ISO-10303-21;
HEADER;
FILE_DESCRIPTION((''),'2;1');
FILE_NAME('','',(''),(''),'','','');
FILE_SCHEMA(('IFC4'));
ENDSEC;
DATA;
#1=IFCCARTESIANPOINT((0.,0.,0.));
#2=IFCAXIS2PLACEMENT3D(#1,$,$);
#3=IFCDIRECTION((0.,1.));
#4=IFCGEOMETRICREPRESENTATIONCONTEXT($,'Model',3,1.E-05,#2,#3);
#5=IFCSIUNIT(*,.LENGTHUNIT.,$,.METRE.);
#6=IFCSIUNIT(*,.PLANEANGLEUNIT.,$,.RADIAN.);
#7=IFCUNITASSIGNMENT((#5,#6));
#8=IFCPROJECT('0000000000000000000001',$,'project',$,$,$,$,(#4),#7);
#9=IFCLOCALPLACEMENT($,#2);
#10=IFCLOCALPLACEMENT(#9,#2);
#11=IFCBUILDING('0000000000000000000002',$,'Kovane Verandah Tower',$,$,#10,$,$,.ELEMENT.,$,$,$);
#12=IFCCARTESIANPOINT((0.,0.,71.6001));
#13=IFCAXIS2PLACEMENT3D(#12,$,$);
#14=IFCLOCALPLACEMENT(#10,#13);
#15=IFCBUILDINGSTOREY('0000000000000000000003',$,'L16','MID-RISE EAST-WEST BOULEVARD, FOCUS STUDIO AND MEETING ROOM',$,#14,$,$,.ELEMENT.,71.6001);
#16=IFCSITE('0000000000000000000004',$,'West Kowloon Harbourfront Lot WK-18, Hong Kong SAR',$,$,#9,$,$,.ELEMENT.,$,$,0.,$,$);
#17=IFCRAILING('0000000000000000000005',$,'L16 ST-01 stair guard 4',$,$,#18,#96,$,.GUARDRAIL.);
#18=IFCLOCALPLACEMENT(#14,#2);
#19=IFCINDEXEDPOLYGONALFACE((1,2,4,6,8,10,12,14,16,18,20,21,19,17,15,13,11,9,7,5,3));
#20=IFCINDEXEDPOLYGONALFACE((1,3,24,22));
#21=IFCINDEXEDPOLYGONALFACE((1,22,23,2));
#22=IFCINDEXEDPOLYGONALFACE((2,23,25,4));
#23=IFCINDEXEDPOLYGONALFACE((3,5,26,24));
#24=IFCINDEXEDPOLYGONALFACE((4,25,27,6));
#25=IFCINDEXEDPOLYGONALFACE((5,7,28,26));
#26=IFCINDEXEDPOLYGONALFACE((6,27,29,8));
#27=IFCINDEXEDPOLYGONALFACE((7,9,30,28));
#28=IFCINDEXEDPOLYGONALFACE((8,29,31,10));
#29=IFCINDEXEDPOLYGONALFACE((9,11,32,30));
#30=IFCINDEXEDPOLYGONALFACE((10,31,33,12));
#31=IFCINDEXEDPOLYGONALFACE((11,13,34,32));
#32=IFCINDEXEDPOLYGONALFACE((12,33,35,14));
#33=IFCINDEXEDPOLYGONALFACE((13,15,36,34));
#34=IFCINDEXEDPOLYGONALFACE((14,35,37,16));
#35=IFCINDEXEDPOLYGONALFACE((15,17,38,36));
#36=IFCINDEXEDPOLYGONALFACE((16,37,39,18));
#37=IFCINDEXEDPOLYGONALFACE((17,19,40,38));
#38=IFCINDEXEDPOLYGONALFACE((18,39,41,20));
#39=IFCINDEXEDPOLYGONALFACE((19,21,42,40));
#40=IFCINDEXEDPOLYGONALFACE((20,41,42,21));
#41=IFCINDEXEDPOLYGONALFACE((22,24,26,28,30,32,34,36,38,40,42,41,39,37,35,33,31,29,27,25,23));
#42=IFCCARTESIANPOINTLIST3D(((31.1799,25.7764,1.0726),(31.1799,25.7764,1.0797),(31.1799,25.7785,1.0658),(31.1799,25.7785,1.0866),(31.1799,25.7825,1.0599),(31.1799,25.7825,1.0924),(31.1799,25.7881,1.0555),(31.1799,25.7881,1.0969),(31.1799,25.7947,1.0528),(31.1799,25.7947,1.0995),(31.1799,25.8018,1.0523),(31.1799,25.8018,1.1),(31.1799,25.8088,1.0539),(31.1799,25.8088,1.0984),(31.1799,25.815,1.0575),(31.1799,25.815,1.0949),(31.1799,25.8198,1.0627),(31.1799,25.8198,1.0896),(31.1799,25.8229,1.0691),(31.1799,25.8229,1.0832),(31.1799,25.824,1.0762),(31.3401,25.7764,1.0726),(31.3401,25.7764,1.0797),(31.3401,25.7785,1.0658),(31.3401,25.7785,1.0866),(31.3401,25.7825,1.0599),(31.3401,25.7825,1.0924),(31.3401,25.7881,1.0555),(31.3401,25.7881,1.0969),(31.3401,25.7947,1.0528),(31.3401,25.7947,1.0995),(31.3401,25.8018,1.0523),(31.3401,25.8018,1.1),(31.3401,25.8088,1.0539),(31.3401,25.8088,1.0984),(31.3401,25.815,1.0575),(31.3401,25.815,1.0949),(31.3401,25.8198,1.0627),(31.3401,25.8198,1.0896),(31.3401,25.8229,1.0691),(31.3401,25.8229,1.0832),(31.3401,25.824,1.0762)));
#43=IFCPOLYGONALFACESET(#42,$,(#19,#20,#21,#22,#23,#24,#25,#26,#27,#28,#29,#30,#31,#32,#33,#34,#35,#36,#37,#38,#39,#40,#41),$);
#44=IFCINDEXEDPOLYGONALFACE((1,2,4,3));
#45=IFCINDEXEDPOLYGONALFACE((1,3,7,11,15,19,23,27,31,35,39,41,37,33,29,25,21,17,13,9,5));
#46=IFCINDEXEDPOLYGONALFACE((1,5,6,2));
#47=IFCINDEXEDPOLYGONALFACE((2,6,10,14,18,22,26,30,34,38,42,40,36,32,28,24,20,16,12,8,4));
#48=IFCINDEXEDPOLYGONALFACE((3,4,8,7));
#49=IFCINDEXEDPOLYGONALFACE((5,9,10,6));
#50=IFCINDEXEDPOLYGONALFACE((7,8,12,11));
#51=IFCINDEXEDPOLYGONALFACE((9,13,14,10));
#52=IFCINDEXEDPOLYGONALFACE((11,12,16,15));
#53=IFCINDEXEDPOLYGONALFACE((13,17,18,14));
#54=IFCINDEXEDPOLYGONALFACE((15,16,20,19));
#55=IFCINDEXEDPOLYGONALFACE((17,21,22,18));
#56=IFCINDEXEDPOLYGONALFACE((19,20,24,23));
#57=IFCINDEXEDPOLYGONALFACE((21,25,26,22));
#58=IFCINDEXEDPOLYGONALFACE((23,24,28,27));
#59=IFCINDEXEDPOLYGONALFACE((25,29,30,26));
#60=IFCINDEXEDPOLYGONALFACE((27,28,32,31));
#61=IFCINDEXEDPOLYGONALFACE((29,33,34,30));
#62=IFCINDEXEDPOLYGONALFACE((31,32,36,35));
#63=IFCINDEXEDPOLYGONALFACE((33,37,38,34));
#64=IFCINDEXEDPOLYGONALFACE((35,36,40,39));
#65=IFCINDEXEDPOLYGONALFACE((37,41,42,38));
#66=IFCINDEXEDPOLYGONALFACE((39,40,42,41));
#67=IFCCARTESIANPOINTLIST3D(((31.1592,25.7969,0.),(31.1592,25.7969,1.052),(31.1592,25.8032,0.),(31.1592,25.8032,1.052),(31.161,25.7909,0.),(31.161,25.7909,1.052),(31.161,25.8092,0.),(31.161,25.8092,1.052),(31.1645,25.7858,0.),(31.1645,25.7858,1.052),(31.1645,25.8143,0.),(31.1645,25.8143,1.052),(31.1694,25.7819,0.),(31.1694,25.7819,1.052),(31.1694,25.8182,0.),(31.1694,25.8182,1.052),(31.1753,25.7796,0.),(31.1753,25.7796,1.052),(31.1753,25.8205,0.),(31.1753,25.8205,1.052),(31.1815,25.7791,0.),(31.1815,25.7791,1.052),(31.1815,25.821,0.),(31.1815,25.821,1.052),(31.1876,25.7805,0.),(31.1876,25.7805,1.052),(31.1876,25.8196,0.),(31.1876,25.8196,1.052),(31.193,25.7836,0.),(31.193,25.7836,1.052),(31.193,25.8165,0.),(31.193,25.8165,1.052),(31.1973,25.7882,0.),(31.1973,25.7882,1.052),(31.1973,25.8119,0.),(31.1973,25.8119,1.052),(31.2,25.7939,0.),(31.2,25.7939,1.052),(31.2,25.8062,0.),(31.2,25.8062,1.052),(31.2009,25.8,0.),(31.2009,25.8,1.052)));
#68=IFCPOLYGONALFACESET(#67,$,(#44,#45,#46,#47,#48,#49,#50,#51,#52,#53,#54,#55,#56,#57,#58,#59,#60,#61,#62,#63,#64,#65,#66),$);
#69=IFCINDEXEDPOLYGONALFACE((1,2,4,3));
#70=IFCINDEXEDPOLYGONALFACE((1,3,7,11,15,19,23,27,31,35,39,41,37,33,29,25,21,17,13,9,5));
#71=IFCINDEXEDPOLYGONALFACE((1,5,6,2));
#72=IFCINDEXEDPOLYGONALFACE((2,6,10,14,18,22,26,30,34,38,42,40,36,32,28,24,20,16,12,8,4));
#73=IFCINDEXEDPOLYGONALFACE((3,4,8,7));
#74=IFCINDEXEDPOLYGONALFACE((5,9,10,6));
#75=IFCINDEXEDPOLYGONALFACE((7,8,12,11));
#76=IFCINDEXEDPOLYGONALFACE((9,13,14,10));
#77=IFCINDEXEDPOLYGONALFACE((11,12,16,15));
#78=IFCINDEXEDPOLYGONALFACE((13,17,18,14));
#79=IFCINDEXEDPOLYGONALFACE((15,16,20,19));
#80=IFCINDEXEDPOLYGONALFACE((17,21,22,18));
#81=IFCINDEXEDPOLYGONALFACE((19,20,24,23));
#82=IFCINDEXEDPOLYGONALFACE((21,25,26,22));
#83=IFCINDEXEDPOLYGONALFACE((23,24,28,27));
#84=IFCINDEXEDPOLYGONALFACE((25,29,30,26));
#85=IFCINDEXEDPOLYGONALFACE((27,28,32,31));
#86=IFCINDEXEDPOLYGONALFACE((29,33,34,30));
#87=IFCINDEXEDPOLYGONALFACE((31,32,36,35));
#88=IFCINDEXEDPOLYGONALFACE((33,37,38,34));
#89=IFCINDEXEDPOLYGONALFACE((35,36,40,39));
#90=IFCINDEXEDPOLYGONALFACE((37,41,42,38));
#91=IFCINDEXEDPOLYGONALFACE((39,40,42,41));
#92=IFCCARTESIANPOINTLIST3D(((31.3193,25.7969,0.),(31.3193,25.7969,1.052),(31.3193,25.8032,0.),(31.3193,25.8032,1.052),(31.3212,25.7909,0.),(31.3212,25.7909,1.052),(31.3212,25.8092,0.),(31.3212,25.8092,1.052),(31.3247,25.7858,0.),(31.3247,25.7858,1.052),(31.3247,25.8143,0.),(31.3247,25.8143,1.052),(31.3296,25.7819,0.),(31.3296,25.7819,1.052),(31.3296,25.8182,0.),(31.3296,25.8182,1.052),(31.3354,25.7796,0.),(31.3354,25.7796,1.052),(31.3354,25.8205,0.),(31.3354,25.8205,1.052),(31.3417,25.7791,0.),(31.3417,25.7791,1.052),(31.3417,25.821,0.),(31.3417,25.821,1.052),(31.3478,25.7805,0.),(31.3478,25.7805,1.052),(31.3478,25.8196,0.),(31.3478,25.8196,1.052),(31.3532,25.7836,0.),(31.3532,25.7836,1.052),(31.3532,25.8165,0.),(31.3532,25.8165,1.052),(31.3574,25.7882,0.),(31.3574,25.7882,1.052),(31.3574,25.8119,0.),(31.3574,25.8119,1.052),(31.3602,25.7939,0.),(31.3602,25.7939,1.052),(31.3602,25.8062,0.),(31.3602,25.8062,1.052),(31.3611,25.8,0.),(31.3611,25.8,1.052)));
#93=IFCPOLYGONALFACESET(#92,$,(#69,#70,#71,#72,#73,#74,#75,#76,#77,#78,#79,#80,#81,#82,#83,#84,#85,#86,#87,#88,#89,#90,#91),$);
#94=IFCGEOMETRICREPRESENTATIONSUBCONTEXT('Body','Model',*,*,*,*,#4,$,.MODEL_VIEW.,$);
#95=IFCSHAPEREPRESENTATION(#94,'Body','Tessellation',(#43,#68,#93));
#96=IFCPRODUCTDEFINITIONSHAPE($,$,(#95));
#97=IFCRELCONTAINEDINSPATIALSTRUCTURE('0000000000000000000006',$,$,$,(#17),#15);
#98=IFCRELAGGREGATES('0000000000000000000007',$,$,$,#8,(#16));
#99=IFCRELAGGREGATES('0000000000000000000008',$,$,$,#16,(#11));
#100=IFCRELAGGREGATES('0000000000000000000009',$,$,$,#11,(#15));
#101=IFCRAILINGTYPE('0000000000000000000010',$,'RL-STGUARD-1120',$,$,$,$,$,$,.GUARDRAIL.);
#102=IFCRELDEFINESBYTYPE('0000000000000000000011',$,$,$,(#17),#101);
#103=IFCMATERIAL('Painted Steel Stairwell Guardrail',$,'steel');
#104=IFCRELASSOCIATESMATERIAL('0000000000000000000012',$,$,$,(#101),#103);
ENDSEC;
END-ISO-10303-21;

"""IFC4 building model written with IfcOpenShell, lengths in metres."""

from ifc_helpers import new_model, si_unit, direction, frame, origin, origin_2d, place, context, subcontext, project, spatial, circle, extrude, material, type_object, element, save


model = new_model("IFC4")

# Units and contexts
model_context = context("Model", 3, precision=1e-05, world=origin(), true_north=direction((0.0, 1.0)))
body_context = subcontext(model_context, "Body", "Model", "MODEL_VIEW")
ifc_project = project(units=[si_unit("LENGTHUNIT", "METRE"), si_unit("PLANEANGLEUNIT", "RADIAN")], contexts=[model_context])

# Site, building, storey
site_placement = place(None, origin())
site = spatial("IfcSite", under=ifc_project, at=site_placement, Name="West Kowloon Harbourfront Lot WK-18, Hong Kong SAR", CompositionType="ELEMENT", RefElevation=0.0)
building_placement = place(site_placement, origin())
building = spatial("IfcBuilding", under=site, at=building_placement, Name="Kovane Verandah Tower", CompositionType="ELEMENT")
storey_placement = place(building_placement, frame((0.0, 0.0, 71.6001)))
storey = spatial("IfcBuildingStorey", under=building, at=storey_placement, Name="L16", Description="MID-RISE EAST-WEST BOULEVARD, FOCUS STUDIO AND MEETING ROOM", CompositionType="ELEMENT", Elevation=71.6001)

# Railing
ifc_material_1 = material(Name="Painted Steel Stairwell Guardrail", Category="steel")
railing_type_1 = type_object("IfcRailingType", Name="RL-STGUARD-1120", PredefinedType="GUARDRAIL", material=ifc_material_1)
railing_1_placement = place(storey_placement, frame((31.1799, 25.8, 0.0)))
element("IfcRailing", 1, at=railing_1_placement, inside=storey, type_object=railing_type_1, Name="L16 ST-01 stair guard 4", PredefinedType="GUARDRAIL", context=body_context, shape_type="SweptSolid", body=[
    extrude(circle(Radius=0.0239, at=origin_2d()), frame((0.0, 0.0, 1.0762), z_axis=(1.0, 0.0, 0.0), x_axis=(0.0, 1.0, 0.0)), (0.0, 0.0, 1.0), 0.1602),
    extrude(circle(Radius=0.021, at=origin_2d()), origin(), (0.0, 0.0, 1.0), 1.052),
    extrude(circle(Radius=0.021, at=origin_2d()), frame((0.1602, 0.0, 0.0)), (0.0, 0.0, 1.0), 1.052),
])

save(model, "model.ifc")
